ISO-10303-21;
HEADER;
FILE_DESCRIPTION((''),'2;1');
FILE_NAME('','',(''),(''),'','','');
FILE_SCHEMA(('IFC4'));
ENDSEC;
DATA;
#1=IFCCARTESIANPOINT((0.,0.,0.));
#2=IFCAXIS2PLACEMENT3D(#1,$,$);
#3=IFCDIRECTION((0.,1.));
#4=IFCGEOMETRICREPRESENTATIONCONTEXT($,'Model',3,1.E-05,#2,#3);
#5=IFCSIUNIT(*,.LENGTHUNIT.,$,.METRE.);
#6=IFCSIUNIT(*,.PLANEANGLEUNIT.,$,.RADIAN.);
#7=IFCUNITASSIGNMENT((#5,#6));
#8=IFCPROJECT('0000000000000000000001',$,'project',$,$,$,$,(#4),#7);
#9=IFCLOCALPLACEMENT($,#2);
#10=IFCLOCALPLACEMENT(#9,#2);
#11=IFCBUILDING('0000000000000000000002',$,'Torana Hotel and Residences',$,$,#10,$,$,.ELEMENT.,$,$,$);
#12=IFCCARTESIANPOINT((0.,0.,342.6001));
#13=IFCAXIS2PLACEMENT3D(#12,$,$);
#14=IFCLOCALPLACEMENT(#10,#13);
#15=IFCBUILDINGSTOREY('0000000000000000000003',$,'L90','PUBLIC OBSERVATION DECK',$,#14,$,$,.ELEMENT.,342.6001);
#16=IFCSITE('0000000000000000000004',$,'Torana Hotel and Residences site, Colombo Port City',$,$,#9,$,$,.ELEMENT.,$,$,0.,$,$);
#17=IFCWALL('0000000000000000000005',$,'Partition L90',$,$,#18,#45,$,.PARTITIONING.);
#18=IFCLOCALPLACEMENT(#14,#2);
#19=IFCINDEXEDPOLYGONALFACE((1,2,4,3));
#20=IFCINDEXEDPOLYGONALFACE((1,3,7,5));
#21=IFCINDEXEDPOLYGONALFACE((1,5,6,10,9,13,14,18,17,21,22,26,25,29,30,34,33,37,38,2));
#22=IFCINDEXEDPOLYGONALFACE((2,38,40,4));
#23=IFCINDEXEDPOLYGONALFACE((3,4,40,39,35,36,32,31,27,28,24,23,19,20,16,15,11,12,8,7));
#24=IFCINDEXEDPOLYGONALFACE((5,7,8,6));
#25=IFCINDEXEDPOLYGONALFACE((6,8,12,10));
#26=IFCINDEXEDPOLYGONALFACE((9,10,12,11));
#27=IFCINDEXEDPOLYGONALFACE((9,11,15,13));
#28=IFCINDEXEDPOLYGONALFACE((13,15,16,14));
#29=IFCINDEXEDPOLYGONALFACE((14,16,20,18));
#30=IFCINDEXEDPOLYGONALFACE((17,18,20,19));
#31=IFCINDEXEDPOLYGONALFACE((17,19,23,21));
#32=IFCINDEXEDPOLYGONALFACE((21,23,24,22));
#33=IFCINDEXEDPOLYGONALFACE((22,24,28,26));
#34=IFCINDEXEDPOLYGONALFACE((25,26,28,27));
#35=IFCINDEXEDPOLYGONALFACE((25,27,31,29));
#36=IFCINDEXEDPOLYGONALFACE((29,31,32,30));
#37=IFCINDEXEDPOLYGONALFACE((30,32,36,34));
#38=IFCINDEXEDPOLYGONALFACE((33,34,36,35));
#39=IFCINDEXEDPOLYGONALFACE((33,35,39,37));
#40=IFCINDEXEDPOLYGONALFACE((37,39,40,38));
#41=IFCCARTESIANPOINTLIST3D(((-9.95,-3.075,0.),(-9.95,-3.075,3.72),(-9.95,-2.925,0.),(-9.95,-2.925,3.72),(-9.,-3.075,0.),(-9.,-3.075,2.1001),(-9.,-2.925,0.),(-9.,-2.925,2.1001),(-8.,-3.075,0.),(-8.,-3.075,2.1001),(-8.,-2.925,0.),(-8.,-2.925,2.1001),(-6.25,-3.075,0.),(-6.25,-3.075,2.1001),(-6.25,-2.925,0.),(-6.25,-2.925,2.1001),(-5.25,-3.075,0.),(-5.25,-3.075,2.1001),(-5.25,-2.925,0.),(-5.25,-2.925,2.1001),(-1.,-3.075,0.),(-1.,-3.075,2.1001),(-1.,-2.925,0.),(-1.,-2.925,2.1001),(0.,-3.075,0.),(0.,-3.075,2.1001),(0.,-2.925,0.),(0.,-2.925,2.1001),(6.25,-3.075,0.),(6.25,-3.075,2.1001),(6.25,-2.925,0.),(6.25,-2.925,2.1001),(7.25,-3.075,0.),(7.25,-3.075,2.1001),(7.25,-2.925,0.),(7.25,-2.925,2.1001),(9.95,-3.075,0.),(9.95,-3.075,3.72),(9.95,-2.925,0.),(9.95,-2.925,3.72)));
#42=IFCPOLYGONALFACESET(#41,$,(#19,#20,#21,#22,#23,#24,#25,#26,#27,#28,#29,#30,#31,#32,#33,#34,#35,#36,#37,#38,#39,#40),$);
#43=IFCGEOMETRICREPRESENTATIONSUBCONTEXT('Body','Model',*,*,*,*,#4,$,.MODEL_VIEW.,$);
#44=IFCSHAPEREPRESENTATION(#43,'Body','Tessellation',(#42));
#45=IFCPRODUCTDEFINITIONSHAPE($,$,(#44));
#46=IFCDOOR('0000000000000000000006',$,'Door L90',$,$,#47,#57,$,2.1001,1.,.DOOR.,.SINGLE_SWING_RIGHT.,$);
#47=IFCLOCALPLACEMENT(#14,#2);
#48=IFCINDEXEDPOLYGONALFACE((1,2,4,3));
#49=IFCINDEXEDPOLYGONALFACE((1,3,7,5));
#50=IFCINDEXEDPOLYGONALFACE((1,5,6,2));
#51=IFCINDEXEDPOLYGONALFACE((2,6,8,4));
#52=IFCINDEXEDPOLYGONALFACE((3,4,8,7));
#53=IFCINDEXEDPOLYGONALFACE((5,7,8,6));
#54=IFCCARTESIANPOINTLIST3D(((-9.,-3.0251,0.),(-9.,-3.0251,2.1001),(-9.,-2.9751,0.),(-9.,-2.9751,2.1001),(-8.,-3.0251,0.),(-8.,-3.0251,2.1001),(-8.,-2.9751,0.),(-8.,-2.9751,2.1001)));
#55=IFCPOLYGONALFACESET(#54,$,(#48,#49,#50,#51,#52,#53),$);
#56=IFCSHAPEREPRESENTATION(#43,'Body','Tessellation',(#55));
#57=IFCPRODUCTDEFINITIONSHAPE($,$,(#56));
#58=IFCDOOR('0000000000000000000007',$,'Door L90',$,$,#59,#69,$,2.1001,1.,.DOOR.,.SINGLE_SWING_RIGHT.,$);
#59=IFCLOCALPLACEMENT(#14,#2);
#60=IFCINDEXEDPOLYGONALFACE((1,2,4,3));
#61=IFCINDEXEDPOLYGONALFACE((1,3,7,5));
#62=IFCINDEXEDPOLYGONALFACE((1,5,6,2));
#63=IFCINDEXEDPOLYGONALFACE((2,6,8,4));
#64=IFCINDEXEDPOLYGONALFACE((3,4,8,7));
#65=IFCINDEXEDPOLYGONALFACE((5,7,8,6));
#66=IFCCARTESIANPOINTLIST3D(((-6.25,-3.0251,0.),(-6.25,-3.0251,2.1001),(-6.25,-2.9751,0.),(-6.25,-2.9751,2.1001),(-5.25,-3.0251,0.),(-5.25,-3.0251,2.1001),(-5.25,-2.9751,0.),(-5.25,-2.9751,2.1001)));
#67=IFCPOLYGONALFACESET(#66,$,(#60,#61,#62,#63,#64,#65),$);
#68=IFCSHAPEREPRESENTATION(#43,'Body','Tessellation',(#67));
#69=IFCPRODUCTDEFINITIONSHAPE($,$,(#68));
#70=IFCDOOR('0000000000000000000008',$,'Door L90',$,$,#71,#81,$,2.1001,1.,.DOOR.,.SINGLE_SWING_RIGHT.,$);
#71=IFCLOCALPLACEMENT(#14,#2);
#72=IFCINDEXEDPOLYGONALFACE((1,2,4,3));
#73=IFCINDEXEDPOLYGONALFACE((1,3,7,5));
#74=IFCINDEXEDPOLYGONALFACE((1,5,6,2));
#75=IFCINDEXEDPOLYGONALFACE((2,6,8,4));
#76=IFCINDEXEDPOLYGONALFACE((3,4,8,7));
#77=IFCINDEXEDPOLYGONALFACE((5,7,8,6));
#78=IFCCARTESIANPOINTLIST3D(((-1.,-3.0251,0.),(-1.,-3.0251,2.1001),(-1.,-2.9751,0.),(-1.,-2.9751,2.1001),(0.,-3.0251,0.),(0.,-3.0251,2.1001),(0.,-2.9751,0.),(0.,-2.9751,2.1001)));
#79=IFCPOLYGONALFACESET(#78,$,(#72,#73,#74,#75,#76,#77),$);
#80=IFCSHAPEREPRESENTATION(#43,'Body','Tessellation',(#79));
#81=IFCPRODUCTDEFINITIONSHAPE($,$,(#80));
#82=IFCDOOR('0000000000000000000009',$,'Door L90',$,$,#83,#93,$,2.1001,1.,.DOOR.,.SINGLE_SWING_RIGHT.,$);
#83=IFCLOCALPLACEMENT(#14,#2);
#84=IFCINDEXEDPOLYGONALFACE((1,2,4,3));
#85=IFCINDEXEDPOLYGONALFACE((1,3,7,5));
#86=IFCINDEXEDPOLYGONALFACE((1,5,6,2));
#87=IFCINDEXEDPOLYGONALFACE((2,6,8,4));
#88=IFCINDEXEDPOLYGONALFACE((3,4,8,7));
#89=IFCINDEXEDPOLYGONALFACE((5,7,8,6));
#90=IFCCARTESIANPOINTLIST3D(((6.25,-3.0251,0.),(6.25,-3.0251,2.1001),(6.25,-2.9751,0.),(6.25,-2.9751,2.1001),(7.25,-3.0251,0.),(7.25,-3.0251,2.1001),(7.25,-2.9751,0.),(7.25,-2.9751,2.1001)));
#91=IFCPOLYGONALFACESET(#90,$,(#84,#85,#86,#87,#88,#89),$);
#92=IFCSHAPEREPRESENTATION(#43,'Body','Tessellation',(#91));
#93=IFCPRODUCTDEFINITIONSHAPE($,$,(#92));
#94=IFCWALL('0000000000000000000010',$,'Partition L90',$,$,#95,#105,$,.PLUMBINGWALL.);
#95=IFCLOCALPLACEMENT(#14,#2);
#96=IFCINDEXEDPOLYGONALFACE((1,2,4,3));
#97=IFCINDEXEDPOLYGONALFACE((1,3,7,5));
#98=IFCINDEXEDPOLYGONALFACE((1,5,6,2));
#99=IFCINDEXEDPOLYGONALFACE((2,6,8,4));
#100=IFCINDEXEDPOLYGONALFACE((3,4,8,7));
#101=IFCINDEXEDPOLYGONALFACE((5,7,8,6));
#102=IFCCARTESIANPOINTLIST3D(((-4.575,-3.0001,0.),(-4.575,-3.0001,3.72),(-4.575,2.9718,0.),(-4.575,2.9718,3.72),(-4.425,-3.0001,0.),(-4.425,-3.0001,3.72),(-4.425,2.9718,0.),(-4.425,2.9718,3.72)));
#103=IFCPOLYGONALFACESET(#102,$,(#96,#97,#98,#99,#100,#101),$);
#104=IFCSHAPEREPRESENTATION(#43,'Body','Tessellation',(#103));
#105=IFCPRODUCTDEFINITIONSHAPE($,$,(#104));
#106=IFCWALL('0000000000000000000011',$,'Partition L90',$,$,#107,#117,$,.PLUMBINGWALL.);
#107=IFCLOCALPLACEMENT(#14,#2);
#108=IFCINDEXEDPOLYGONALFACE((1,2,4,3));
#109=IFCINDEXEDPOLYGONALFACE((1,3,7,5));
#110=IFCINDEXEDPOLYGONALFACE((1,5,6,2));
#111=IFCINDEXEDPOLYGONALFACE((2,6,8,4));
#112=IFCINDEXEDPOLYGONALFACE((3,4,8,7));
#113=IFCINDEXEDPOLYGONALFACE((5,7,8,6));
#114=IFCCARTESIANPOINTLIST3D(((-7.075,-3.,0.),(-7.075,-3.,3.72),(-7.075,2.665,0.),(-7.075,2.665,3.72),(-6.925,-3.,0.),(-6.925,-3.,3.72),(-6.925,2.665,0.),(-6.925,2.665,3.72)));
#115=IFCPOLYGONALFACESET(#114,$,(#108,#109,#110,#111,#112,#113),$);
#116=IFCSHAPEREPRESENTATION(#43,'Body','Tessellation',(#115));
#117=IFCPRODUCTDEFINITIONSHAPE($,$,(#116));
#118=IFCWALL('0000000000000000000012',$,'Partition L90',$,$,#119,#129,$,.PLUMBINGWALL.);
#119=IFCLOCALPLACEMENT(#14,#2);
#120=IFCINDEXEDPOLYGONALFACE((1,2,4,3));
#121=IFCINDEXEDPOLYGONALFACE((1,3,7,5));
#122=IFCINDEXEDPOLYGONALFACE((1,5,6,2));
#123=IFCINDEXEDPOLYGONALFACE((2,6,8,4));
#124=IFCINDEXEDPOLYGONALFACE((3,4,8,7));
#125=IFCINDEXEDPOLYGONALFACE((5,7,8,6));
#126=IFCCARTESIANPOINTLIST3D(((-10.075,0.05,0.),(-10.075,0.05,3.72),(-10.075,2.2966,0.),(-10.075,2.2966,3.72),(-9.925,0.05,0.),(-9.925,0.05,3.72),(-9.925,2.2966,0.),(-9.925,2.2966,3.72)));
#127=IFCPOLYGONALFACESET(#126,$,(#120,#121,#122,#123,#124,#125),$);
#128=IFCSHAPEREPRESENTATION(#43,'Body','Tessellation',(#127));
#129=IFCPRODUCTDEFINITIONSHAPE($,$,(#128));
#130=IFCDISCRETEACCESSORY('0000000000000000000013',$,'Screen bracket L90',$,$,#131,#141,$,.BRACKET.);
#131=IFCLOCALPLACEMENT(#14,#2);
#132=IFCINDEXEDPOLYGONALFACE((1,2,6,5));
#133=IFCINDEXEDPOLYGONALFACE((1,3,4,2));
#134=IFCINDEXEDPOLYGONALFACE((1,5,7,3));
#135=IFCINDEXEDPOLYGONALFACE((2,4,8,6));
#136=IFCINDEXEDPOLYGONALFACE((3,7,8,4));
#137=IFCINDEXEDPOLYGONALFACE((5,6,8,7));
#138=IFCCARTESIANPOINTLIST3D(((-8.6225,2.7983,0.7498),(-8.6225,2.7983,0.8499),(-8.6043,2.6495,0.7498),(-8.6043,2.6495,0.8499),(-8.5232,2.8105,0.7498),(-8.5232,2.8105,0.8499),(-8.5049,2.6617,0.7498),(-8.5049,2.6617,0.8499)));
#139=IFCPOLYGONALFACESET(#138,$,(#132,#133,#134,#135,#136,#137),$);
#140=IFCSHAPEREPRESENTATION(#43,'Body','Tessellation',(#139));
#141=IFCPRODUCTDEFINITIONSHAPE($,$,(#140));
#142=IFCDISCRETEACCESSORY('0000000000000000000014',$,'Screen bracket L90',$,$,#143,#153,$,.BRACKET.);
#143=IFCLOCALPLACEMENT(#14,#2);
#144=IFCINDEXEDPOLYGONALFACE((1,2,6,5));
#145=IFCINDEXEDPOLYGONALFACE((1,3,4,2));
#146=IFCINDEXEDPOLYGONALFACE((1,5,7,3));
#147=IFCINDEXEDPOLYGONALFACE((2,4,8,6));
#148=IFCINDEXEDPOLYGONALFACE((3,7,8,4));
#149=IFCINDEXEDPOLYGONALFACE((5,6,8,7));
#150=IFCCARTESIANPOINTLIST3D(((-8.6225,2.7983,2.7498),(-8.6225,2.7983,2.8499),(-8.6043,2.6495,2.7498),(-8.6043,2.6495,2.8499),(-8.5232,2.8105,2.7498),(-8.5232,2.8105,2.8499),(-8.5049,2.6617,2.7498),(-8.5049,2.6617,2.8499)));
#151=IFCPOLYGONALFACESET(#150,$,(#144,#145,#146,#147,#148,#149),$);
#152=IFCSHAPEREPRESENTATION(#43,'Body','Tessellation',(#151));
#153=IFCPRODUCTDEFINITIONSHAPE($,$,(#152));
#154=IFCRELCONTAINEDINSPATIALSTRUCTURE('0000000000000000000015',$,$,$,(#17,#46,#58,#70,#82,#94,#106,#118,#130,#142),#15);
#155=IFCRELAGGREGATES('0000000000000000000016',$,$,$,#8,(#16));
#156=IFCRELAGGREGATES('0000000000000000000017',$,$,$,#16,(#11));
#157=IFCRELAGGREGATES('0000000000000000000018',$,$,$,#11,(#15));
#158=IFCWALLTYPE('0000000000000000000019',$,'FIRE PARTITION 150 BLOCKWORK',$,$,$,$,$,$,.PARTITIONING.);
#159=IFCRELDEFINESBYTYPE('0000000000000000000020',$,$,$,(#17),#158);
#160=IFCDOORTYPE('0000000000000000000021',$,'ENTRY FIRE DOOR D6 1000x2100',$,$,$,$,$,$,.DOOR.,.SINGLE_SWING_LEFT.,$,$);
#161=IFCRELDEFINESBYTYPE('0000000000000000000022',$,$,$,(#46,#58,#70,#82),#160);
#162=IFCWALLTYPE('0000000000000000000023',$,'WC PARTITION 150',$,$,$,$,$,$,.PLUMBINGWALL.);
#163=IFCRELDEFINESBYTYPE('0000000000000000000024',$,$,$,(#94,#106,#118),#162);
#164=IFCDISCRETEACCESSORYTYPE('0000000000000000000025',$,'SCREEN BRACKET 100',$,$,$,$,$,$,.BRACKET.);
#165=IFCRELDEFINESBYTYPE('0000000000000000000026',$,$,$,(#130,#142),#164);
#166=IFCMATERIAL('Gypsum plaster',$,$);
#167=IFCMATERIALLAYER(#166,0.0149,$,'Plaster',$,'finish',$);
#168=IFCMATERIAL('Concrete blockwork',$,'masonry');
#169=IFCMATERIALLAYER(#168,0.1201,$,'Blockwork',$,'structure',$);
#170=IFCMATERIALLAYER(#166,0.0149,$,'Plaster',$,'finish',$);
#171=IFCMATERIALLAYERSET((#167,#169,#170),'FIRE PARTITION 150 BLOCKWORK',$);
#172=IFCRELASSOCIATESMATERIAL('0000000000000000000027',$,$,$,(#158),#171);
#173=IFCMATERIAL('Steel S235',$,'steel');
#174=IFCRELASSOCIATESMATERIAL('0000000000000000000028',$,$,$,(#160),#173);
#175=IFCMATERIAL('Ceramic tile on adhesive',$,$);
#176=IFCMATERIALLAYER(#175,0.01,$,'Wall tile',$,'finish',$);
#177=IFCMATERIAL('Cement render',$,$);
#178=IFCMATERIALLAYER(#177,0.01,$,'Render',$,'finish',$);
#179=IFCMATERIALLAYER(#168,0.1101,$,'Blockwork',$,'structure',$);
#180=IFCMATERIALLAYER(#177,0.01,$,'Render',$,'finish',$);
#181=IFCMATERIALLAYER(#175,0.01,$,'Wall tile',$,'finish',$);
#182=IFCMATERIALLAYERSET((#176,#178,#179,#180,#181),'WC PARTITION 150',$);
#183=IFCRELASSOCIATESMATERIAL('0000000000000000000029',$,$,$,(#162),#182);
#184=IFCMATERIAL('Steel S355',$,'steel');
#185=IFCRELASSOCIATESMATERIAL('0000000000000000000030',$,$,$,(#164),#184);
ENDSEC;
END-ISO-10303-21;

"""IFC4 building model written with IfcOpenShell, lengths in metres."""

from ifc_helpers import new_model, si_unit, direction, frame, frame_2d, origin, origin_2d, place, context, subcontext, project, spatial, rectangle, extrude, material, layer, layer_set, type_object, element, fill, save


model = new_model("IFC4")

# Units and contexts
model_context = context("Model", 3, precision=1e-05, world=origin(), true_north=direction((0.0, 1.0)))
body_context = subcontext(model_context, "Body", "Model", "MODEL_VIEW")
ifc_project = project(units=[si_unit("LENGTHUNIT", "METRE"), si_unit("PLANEANGLEUNIT", "RADIAN")], contexts=[model_context])

# Site, building, storey
site_placement = place(None, origin())
site = spatial("IfcSite", under=ifc_project, at=site_placement, Name="Torana Hotel and Residences site, Colombo Port City", CompositionType="ELEMENT", RefElevation=0.0)
building_placement = place(site_placement, origin())
building = spatial("IfcBuilding", under=site, at=building_placement, Name="Torana Hotel and Residences", CompositionType="ELEMENT")
storey_placement = place(building_placement, frame((0.0, 0.0, 342.6001)))
storey = spatial("IfcBuildingStorey", under=building, at=storey_placement, Name="L90", Description="PUBLIC OBSERVATION DECK", CompositionType="ELEMENT", Elevation=342.6001)

# Shared definitions
ifc_material_1 = material(Name="Gypsum plaster")
ifc_layer_1 = layer(ifc_material_1, 0.0149, Name="Plaster", Category="finish")
ifc_material_2 = material(Name="Concrete blockwork", Category="masonry")
ifc_layer_2 = layer(ifc_material_2, 0.1201, Name="Blockwork", Category="structure")
ifc_layer_3 = layer(ifc_material_1, 0.0149, Name="Plaster", Category="finish")
ifc_layer_set_1 = layer_set([ifc_layer_1, ifc_layer_2, ifc_layer_3], Name="FIRE PARTITION 150 BLOCKWORK")
wall_type_1 = type_object("IfcWallType", Name="FIRE PARTITION 150 BLOCKWORK", PredefinedType="PARTITIONING", material=ifc_layer_set_1)

# Shared definitions
ifc_material_3 = material(Name="Steel S235", Category="steel")
door_type = type_object("IfcDoorType", Name="ENTRY FIRE DOOR D6 1000x2100", OperationType="SINGLE_SWING_LEFT", PredefinedType="DOOR", material=ifc_material_3)

# Wall, openings, doors
wall_1_placement = place(storey_placement, frame((-9.95, -3.0, 0.0), z_axis=(0.0, 0.0, 1.0), x_axis=(1.0, 0.0, 0.0)))
wall_1 = element("IfcWall", 1, at=wall_1_placement, inside=storey, type_object=wall_type_1, Name="Partition L90", PredefinedType="PARTITIONING", context=body_context, shape_type="SweptSolid", body=[
    extrude(rectangle(XDim=19.8999, YDim=0.1499, at=frame_2d((9.95, 0.0))), origin(), (0.0, 0.0, 1.0), 3.72),
])
opening_1_placement = place(wall_1_placement, frame((0.95, 0.0, 0.0)))
opening_1 = element("IfcOpeningElement", 2, at=opening_1_placement, cuts=wall_1, PredefinedType="OPENING", context=body_context, shape_type="SweptSolid", body=[
    extrude(rectangle(XDim=1.0, YDim=2.1001, at=frame_2d((0.5, 1.05))), frame((0.0, 0.085, 0.0), z_axis=(0.0, -1.0, 0.0), x_axis=(1.0, 0.0, 0.0)), (0.0, 0.0, 1.0), 0.1699),
])
opening_2_placement = place(wall_1_placement, frame((3.7, 0.0, 0.0)))
opening_2 = element("IfcOpeningElement", 3, at=opening_2_placement, cuts=wall_1, PredefinedType="OPENING", context=body_context, shape_type="SweptSolid", body=[
    extrude(rectangle(XDim=1.0, YDim=2.1001, at=frame_2d((0.5, 1.05))), frame((0.0, 0.085, 0.0), z_axis=(0.0, -1.0, 0.0), x_axis=(1.0, 0.0, 0.0)), (0.0, 0.0, 1.0), 0.1699),
])
opening_3_placement = place(wall_1_placement, frame((8.95, 0.0, 0.0)))
opening_3 = element("IfcOpeningElement", 4, at=opening_3_placement, cuts=wall_1, PredefinedType="OPENING", context=body_context, shape_type="SweptSolid", body=[
    extrude(rectangle(XDim=1.0, YDim=2.1001, at=frame_2d((0.5, 1.05))), frame((0.0, 0.085, 0.0), z_axis=(0.0, -1.0, 0.0), x_axis=(1.0, 0.0, 0.0)), (0.0, 0.0, 1.0), 0.1699),
])
opening_4_placement = place(wall_1_placement, frame((16.2, 0.0, 0.0)))
opening_4 = element("IfcOpeningElement", 5, at=opening_4_placement, cuts=wall_1, PredefinedType="OPENING", context=body_context, shape_type="SweptSolid", body=[
    extrude(rectangle(XDim=1.0, YDim=2.1001, at=frame_2d((0.5, 1.05))), frame((0.0, 0.085, 0.0), z_axis=(0.0, -1.0, 0.0), x_axis=(1.0, 0.0, 0.0)), (0.0, 0.0, 1.0), 0.1699),
])
door_1_placement = place(opening_1_placement, origin())
door_1 = element("IfcDoor", 6, at=door_1_placement, inside=storey, type_object=door_type, Name="Door L90", OperationType="SINGLE_SWING_RIGHT", OverallHeight=2.1001, OverallWidth=1.0, PredefinedType="DOOR", context=body_context, shape_type="SweptSolid", body=[
    extrude(rectangle(XDim=1.0, YDim=2.1001, at=frame_2d((0.5, 1.05))), frame((0.0, 0.0249, 0.0), z_axis=(0.0, -1.0, 0.0), x_axis=(1.0, 0.0, 0.0)), (0.0, 0.0, 1.0), 0.05),
])
fill(opening_1, door_1)
door_2_placement = place(opening_2_placement, origin())
door_2 = element("IfcDoor", 7, at=door_2_placement, inside=storey, type_object=door_type, Name="Door L90", OperationType="SINGLE_SWING_RIGHT", OverallHeight=2.1001, OverallWidth=1.0, PredefinedType="DOOR", context=body_context, shape_type="SweptSolid", body=[
    extrude(rectangle(XDim=1.0, YDim=2.1001, at=frame_2d((0.5, 1.05))), frame((0.0, 0.0249, 0.0), z_axis=(0.0, -1.0, 0.0), x_axis=(1.0, 0.0, 0.0)), (0.0, 0.0, 1.0), 0.05),
])
fill(opening_2, door_2)
door_3_placement = place(opening_3_placement, origin())
door_3 = element("IfcDoor", 8, at=door_3_placement, inside=storey, type_object=door_type, Name="Door L90", OperationType="SINGLE_SWING_RIGHT", OverallHeight=2.1001, OverallWidth=1.0, PredefinedType="DOOR", context=body_context, shape_type="SweptSolid", body=[
    extrude(rectangle(XDim=1.0, YDim=2.1001, at=frame_2d((0.5, 1.05))), frame((0.0, 0.0249, 0.0), z_axis=(0.0, -1.0, 0.0), x_axis=(1.0, 0.0, 0.0)), (0.0, 0.0, 1.0), 0.05),
])
fill(opening_3, door_3)
door_4_placement = place(opening_4_placement, origin())
door_4 = element("IfcDoor", 9, at=door_4_placement, inside=storey, type_object=door_type, Name="Door L90", OperationType="SINGLE_SWING_RIGHT", OverallHeight=2.1001, OverallWidth=1.0, PredefinedType="DOOR", context=body_context, shape_type="SweptSolid", body=[
    extrude(rectangle(XDim=1.0, YDim=2.1001, at=frame_2d((0.5, 1.05))), frame((0.0, 0.0249, 0.0), z_axis=(0.0, -1.0, 0.0), x_axis=(1.0, 0.0, 0.0)), (0.0, 0.0, 1.0), 0.05),
])
fill(opening_4, door_4)

# Walls
ifc_material_4 = material(Name="Ceramic tile on adhesive")
ifc_layer_4 = layer(ifc_material_4, 0.01, Name="Wall tile", Category="finish")
ifc_material_5 = material(Name="Cement render")
ifc_layer_5 = layer(ifc_material_5, 0.01, Name="Render", Category="finish")
ifc_layer_6 = layer(ifc_material_2, 0.1101, Name="Blockwork", Category="structure")
ifc_layer_7 = layer(ifc_material_5, 0.01, Name="Render", Category="finish")
ifc_layer_8 = layer(ifc_material_4, 0.01, Name="Wall tile", Category="finish")
ifc_layer_set_2 = layer_set([ifc_layer_4, ifc_layer_5, ifc_layer_6, ifc_layer_7, ifc_layer_8], Name="WC PARTITION 150")
wall_type_2 = type_object("IfcWallType", Name="WC PARTITION 150", PredefinedType="PLUMBINGWALL", material=ifc_layer_set_2)
wall_2_placement = place(storey_placement, frame((-4.5, -3.0, 0.0), z_axis=(0.0, 0.0, 1.0), x_axis=(0.0, 1.0, 0.0)))
element("IfcWall", 10, at=wall_2_placement, inside=storey, type_object=wall_type_2, Name="Partition L90", PredefinedType="PLUMBINGWALL", context=body_context, shape_type="SweptSolid", body=[
    extrude(rectangle(XDim=5.9719, YDim=0.1499, at=frame_2d((2.9858, 0.0))), origin(), (0.0, 0.0, 1.0), 3.72),
])
wall_3_placement = place(storey_placement, frame((-7.0, -3.0, 0.0), z_axis=(0.0, 0.0, 1.0), x_axis=(0.0, 1.0, 0.0)))
element("IfcWall", 11, at=wall_3_placement, inside=storey, type_object=wall_type_2, Name="Partition L90", PredefinedType="PLUMBINGWALL", context=body_context, shape_type="SweptSolid", body=[
    extrude(rectangle(XDim=5.665, YDim=0.1499, at=frame_2d((2.8325, 0.0))), origin(), (0.0, 0.0, 1.0), 3.72),
])
wall_4_placement = place(storey_placement, frame((-10.0, 0.05, 0.0), z_axis=(0.0, 0.0, 1.0), x_axis=(0.0, 1.0, 0.0)))
element("IfcWall", 12, at=wall_4_placement, inside=storey, type_object=wall_type_2, Name="Partition L90", PredefinedType="PLUMBINGWALL", context=body_context, shape_type="SweptSolid", body=[
    extrude(rectangle(XDim=2.2466, YDim=0.1499, at=frame_2d((1.1233, 0.0))), origin(), (0.0, 0.0, 1.0), 3.72),
])

# Discrete accessories
ifc_material_6 = material(Name="Steel S355", Category="steel")
discrete_accessory_type = type_object("IfcDiscreteAccessoryType", Name="SCREEN BRACKET 100", PredefinedType="BRACKET", material=ifc_material_6)
for number, where, z_axis, x_axis, name in (
    (13, (-8.5637, 2.73, 0.7498), (0.0, 0.0, 1.0), (-0.992547, -0.121866, 0.0), "Screen bracket L90"),
    (14, (-8.5637, 2.73, 2.7498), (0.0, 0.0, 1.0), (-0.992547, -0.121866, 0.0), "Screen bracket L90"),
):
    element("IfcDiscreteAccessory", number, at=place(storey_placement, frame(where, z_axis=z_axis, x_axis=x_axis)), inside=storey, type_object=discrete_accessory_type, Name=name, PredefinedType="BRACKET", context=body_context, shape_type="SweptSolid", body=[
        extrude(rectangle(XDim=0.1001, YDim=0.1499, at=origin_2d()), origin(), (0.0, 0.0, 1.0), 0.1001),
    ])

save(model, "model.ifc")
